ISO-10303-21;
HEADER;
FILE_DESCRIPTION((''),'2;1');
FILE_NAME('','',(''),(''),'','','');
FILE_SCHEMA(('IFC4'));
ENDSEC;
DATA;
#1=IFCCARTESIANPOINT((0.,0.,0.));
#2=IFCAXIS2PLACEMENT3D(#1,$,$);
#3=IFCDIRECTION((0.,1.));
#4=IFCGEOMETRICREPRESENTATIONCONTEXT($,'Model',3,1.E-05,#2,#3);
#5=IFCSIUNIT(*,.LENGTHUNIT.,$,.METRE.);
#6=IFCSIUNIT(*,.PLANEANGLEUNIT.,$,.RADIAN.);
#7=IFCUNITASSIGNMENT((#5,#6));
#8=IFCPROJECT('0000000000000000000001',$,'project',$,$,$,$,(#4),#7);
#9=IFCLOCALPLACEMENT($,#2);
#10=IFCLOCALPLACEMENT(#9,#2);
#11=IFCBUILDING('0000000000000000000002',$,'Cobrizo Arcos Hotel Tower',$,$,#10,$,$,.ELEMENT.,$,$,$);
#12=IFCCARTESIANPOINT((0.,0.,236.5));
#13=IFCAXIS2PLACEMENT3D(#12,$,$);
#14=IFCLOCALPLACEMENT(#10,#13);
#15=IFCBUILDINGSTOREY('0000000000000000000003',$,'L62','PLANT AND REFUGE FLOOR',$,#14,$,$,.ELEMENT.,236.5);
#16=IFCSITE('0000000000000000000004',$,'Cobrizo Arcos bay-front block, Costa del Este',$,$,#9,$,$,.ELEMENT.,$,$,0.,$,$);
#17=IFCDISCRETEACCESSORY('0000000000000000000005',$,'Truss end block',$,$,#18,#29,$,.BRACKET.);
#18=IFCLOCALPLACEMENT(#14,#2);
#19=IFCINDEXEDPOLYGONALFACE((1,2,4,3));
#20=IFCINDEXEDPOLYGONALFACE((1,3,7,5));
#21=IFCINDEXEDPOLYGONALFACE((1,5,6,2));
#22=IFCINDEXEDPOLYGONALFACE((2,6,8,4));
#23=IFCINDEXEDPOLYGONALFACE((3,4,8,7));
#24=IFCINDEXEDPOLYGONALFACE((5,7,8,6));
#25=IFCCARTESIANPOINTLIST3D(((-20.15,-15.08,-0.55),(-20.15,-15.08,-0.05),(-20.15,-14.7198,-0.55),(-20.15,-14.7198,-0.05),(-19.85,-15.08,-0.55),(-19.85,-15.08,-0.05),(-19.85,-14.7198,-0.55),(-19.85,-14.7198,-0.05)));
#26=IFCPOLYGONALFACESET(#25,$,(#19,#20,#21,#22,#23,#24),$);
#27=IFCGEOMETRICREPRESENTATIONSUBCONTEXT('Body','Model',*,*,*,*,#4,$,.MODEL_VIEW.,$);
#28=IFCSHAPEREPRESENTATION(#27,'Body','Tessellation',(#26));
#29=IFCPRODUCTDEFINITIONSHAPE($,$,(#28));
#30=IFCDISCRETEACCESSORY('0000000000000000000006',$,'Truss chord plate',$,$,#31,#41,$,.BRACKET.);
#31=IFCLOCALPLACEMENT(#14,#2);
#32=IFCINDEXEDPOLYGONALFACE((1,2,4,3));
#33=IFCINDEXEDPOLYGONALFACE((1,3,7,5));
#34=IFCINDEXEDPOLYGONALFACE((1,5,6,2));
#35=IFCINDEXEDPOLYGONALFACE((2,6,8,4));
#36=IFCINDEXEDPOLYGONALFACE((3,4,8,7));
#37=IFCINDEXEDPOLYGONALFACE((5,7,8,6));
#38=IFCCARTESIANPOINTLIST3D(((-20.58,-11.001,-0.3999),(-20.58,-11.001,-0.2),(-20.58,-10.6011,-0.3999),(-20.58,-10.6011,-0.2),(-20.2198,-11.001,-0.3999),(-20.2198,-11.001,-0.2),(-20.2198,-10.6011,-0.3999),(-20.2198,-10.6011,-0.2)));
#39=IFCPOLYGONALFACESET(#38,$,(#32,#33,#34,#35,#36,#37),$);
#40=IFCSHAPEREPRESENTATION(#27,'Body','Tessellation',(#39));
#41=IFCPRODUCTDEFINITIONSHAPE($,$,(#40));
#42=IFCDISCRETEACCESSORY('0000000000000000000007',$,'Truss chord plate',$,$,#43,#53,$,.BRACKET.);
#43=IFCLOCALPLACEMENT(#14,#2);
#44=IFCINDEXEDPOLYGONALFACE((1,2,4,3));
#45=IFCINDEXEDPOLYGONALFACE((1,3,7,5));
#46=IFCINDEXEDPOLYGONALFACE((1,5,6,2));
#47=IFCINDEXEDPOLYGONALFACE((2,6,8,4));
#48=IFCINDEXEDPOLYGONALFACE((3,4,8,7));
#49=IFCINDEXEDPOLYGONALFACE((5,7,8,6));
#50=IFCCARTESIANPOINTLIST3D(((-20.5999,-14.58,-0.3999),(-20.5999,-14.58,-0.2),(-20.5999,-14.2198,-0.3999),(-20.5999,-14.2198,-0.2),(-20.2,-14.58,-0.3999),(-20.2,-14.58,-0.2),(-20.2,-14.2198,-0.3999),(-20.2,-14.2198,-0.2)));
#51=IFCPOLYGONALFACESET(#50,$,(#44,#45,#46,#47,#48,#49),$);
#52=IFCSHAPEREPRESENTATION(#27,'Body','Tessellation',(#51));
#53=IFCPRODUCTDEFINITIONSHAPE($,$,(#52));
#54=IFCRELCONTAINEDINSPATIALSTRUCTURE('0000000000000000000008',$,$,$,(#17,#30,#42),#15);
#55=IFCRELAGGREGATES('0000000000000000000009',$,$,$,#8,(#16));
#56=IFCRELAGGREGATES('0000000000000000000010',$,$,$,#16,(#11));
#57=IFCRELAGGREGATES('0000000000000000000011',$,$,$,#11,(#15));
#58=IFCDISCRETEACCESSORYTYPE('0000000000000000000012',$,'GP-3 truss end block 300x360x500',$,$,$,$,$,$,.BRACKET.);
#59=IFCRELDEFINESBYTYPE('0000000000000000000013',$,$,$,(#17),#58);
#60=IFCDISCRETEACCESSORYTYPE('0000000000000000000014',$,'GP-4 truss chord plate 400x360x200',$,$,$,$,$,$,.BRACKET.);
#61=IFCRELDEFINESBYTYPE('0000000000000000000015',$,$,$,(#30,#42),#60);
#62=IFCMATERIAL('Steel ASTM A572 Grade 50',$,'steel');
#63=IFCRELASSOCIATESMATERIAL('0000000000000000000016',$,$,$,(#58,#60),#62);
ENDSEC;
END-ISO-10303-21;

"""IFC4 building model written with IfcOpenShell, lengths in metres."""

from ifc_helpers import new_model, si_unit, direction, frame, origin, origin_2d, place, context, subcontext, project, spatial, rectangle, extrude, material, type_object, element, save


model = new_model("IFC4")

# Units and contexts
model_context = context("Model", 3, precision=1e-05, world=origin(), true_north=direction((0.0, 1.0)))
body_context = subcontext(model_context, "Body", "Model", "MODEL_VIEW")
ifc_project = project(units=[si_unit("LENGTHUNIT", "METRE"), si_unit("PLANEANGLEUNIT", "RADIAN")], contexts=[model_context])

# Site, building, storey
site_placement = place(None, origin())
site = spatial("IfcSite", under=ifc_project, at=site_placement, Name="Cobrizo Arcos bay-front block, Costa del Este", CompositionType="ELEMENT", RefElevation=0.0)
building_placement = place(site_placement, origin())
building = spatial("IfcBuilding", under=site, at=building_placement, Name="Cobrizo Arcos Hotel Tower", CompositionType="ELEMENT")
storey_placement = place(building_placement, frame((0.0, 0.0, 236.5)))
storey = spatial("IfcBuildingStorey", under=building, at=storey_placement, Name="L62", Description="PLANT AND REFUGE FLOOR", CompositionType="ELEMENT", Elevation=236.5)

# Shared definitions
ifc_material_1 = material(Name="Steel ASTM A572 Grade 50", Category="steel")

# Discrete accessories
discrete_accessory_type_1 = type_object("IfcDiscreteAccessoryType", Name="GP-3 truss end block 300x360x500", PredefinedType="BRACKET", material=ifc_material_1)
discrete_accessory_placement = place(storey_placement, frame((-20.0, -14.8999, -0.55), z_axis=(0.0, 0.0, 1.0), x_axis=(1.0, 0.0, 0.0)))
element("IfcDiscreteAccessory", 1, at=discrete_accessory_placement, inside=storey, type_object=discrete_accessory_type_1, Name="Truss end block", PredefinedType="BRACKET", context=body_context, shape_type="SweptSolid", body=[
    extrude(rectangle(XDim=0.3, YDim=0.3601, at=origin_2d()), origin(), (0.0, 0.0, 1.0), 0.5),
])
discrete_accessory_type_2 = type_object("IfcDiscreteAccessoryType", Name="GP-4 truss chord plate 400x360x200", PredefinedType="BRACKET", material=ifc_material_1)
for number, where, z_axis, x_axis, name in (
    (2, (-20.3999, -10.801, -0.3999), (0.0, 0.0, 1.0), (0.0, -1.0, 0.0), "Truss chord plate"),
    (3, (-20.3999, -14.3999, -0.3999), (0.0, 0.0, 1.0), (1.0, 0.0, 0.0), "Truss chord plate"),
):
    element("IfcDiscreteAccessory", number, at=place(storey_placement, frame(where, z_axis=z_axis, x_axis=x_axis)), inside=storey, type_object=discrete_accessory_type_2, Name=name, PredefinedType="BRACKET", context=body_context, shape_type="SweptSolid", body=[
        extrude(rectangle(XDim=0.3999, YDim=0.3601, at=origin_2d()), origin(), (0.0, 0.0, 1.0), 0.2),
    ])

save(model, "model.ifc")
